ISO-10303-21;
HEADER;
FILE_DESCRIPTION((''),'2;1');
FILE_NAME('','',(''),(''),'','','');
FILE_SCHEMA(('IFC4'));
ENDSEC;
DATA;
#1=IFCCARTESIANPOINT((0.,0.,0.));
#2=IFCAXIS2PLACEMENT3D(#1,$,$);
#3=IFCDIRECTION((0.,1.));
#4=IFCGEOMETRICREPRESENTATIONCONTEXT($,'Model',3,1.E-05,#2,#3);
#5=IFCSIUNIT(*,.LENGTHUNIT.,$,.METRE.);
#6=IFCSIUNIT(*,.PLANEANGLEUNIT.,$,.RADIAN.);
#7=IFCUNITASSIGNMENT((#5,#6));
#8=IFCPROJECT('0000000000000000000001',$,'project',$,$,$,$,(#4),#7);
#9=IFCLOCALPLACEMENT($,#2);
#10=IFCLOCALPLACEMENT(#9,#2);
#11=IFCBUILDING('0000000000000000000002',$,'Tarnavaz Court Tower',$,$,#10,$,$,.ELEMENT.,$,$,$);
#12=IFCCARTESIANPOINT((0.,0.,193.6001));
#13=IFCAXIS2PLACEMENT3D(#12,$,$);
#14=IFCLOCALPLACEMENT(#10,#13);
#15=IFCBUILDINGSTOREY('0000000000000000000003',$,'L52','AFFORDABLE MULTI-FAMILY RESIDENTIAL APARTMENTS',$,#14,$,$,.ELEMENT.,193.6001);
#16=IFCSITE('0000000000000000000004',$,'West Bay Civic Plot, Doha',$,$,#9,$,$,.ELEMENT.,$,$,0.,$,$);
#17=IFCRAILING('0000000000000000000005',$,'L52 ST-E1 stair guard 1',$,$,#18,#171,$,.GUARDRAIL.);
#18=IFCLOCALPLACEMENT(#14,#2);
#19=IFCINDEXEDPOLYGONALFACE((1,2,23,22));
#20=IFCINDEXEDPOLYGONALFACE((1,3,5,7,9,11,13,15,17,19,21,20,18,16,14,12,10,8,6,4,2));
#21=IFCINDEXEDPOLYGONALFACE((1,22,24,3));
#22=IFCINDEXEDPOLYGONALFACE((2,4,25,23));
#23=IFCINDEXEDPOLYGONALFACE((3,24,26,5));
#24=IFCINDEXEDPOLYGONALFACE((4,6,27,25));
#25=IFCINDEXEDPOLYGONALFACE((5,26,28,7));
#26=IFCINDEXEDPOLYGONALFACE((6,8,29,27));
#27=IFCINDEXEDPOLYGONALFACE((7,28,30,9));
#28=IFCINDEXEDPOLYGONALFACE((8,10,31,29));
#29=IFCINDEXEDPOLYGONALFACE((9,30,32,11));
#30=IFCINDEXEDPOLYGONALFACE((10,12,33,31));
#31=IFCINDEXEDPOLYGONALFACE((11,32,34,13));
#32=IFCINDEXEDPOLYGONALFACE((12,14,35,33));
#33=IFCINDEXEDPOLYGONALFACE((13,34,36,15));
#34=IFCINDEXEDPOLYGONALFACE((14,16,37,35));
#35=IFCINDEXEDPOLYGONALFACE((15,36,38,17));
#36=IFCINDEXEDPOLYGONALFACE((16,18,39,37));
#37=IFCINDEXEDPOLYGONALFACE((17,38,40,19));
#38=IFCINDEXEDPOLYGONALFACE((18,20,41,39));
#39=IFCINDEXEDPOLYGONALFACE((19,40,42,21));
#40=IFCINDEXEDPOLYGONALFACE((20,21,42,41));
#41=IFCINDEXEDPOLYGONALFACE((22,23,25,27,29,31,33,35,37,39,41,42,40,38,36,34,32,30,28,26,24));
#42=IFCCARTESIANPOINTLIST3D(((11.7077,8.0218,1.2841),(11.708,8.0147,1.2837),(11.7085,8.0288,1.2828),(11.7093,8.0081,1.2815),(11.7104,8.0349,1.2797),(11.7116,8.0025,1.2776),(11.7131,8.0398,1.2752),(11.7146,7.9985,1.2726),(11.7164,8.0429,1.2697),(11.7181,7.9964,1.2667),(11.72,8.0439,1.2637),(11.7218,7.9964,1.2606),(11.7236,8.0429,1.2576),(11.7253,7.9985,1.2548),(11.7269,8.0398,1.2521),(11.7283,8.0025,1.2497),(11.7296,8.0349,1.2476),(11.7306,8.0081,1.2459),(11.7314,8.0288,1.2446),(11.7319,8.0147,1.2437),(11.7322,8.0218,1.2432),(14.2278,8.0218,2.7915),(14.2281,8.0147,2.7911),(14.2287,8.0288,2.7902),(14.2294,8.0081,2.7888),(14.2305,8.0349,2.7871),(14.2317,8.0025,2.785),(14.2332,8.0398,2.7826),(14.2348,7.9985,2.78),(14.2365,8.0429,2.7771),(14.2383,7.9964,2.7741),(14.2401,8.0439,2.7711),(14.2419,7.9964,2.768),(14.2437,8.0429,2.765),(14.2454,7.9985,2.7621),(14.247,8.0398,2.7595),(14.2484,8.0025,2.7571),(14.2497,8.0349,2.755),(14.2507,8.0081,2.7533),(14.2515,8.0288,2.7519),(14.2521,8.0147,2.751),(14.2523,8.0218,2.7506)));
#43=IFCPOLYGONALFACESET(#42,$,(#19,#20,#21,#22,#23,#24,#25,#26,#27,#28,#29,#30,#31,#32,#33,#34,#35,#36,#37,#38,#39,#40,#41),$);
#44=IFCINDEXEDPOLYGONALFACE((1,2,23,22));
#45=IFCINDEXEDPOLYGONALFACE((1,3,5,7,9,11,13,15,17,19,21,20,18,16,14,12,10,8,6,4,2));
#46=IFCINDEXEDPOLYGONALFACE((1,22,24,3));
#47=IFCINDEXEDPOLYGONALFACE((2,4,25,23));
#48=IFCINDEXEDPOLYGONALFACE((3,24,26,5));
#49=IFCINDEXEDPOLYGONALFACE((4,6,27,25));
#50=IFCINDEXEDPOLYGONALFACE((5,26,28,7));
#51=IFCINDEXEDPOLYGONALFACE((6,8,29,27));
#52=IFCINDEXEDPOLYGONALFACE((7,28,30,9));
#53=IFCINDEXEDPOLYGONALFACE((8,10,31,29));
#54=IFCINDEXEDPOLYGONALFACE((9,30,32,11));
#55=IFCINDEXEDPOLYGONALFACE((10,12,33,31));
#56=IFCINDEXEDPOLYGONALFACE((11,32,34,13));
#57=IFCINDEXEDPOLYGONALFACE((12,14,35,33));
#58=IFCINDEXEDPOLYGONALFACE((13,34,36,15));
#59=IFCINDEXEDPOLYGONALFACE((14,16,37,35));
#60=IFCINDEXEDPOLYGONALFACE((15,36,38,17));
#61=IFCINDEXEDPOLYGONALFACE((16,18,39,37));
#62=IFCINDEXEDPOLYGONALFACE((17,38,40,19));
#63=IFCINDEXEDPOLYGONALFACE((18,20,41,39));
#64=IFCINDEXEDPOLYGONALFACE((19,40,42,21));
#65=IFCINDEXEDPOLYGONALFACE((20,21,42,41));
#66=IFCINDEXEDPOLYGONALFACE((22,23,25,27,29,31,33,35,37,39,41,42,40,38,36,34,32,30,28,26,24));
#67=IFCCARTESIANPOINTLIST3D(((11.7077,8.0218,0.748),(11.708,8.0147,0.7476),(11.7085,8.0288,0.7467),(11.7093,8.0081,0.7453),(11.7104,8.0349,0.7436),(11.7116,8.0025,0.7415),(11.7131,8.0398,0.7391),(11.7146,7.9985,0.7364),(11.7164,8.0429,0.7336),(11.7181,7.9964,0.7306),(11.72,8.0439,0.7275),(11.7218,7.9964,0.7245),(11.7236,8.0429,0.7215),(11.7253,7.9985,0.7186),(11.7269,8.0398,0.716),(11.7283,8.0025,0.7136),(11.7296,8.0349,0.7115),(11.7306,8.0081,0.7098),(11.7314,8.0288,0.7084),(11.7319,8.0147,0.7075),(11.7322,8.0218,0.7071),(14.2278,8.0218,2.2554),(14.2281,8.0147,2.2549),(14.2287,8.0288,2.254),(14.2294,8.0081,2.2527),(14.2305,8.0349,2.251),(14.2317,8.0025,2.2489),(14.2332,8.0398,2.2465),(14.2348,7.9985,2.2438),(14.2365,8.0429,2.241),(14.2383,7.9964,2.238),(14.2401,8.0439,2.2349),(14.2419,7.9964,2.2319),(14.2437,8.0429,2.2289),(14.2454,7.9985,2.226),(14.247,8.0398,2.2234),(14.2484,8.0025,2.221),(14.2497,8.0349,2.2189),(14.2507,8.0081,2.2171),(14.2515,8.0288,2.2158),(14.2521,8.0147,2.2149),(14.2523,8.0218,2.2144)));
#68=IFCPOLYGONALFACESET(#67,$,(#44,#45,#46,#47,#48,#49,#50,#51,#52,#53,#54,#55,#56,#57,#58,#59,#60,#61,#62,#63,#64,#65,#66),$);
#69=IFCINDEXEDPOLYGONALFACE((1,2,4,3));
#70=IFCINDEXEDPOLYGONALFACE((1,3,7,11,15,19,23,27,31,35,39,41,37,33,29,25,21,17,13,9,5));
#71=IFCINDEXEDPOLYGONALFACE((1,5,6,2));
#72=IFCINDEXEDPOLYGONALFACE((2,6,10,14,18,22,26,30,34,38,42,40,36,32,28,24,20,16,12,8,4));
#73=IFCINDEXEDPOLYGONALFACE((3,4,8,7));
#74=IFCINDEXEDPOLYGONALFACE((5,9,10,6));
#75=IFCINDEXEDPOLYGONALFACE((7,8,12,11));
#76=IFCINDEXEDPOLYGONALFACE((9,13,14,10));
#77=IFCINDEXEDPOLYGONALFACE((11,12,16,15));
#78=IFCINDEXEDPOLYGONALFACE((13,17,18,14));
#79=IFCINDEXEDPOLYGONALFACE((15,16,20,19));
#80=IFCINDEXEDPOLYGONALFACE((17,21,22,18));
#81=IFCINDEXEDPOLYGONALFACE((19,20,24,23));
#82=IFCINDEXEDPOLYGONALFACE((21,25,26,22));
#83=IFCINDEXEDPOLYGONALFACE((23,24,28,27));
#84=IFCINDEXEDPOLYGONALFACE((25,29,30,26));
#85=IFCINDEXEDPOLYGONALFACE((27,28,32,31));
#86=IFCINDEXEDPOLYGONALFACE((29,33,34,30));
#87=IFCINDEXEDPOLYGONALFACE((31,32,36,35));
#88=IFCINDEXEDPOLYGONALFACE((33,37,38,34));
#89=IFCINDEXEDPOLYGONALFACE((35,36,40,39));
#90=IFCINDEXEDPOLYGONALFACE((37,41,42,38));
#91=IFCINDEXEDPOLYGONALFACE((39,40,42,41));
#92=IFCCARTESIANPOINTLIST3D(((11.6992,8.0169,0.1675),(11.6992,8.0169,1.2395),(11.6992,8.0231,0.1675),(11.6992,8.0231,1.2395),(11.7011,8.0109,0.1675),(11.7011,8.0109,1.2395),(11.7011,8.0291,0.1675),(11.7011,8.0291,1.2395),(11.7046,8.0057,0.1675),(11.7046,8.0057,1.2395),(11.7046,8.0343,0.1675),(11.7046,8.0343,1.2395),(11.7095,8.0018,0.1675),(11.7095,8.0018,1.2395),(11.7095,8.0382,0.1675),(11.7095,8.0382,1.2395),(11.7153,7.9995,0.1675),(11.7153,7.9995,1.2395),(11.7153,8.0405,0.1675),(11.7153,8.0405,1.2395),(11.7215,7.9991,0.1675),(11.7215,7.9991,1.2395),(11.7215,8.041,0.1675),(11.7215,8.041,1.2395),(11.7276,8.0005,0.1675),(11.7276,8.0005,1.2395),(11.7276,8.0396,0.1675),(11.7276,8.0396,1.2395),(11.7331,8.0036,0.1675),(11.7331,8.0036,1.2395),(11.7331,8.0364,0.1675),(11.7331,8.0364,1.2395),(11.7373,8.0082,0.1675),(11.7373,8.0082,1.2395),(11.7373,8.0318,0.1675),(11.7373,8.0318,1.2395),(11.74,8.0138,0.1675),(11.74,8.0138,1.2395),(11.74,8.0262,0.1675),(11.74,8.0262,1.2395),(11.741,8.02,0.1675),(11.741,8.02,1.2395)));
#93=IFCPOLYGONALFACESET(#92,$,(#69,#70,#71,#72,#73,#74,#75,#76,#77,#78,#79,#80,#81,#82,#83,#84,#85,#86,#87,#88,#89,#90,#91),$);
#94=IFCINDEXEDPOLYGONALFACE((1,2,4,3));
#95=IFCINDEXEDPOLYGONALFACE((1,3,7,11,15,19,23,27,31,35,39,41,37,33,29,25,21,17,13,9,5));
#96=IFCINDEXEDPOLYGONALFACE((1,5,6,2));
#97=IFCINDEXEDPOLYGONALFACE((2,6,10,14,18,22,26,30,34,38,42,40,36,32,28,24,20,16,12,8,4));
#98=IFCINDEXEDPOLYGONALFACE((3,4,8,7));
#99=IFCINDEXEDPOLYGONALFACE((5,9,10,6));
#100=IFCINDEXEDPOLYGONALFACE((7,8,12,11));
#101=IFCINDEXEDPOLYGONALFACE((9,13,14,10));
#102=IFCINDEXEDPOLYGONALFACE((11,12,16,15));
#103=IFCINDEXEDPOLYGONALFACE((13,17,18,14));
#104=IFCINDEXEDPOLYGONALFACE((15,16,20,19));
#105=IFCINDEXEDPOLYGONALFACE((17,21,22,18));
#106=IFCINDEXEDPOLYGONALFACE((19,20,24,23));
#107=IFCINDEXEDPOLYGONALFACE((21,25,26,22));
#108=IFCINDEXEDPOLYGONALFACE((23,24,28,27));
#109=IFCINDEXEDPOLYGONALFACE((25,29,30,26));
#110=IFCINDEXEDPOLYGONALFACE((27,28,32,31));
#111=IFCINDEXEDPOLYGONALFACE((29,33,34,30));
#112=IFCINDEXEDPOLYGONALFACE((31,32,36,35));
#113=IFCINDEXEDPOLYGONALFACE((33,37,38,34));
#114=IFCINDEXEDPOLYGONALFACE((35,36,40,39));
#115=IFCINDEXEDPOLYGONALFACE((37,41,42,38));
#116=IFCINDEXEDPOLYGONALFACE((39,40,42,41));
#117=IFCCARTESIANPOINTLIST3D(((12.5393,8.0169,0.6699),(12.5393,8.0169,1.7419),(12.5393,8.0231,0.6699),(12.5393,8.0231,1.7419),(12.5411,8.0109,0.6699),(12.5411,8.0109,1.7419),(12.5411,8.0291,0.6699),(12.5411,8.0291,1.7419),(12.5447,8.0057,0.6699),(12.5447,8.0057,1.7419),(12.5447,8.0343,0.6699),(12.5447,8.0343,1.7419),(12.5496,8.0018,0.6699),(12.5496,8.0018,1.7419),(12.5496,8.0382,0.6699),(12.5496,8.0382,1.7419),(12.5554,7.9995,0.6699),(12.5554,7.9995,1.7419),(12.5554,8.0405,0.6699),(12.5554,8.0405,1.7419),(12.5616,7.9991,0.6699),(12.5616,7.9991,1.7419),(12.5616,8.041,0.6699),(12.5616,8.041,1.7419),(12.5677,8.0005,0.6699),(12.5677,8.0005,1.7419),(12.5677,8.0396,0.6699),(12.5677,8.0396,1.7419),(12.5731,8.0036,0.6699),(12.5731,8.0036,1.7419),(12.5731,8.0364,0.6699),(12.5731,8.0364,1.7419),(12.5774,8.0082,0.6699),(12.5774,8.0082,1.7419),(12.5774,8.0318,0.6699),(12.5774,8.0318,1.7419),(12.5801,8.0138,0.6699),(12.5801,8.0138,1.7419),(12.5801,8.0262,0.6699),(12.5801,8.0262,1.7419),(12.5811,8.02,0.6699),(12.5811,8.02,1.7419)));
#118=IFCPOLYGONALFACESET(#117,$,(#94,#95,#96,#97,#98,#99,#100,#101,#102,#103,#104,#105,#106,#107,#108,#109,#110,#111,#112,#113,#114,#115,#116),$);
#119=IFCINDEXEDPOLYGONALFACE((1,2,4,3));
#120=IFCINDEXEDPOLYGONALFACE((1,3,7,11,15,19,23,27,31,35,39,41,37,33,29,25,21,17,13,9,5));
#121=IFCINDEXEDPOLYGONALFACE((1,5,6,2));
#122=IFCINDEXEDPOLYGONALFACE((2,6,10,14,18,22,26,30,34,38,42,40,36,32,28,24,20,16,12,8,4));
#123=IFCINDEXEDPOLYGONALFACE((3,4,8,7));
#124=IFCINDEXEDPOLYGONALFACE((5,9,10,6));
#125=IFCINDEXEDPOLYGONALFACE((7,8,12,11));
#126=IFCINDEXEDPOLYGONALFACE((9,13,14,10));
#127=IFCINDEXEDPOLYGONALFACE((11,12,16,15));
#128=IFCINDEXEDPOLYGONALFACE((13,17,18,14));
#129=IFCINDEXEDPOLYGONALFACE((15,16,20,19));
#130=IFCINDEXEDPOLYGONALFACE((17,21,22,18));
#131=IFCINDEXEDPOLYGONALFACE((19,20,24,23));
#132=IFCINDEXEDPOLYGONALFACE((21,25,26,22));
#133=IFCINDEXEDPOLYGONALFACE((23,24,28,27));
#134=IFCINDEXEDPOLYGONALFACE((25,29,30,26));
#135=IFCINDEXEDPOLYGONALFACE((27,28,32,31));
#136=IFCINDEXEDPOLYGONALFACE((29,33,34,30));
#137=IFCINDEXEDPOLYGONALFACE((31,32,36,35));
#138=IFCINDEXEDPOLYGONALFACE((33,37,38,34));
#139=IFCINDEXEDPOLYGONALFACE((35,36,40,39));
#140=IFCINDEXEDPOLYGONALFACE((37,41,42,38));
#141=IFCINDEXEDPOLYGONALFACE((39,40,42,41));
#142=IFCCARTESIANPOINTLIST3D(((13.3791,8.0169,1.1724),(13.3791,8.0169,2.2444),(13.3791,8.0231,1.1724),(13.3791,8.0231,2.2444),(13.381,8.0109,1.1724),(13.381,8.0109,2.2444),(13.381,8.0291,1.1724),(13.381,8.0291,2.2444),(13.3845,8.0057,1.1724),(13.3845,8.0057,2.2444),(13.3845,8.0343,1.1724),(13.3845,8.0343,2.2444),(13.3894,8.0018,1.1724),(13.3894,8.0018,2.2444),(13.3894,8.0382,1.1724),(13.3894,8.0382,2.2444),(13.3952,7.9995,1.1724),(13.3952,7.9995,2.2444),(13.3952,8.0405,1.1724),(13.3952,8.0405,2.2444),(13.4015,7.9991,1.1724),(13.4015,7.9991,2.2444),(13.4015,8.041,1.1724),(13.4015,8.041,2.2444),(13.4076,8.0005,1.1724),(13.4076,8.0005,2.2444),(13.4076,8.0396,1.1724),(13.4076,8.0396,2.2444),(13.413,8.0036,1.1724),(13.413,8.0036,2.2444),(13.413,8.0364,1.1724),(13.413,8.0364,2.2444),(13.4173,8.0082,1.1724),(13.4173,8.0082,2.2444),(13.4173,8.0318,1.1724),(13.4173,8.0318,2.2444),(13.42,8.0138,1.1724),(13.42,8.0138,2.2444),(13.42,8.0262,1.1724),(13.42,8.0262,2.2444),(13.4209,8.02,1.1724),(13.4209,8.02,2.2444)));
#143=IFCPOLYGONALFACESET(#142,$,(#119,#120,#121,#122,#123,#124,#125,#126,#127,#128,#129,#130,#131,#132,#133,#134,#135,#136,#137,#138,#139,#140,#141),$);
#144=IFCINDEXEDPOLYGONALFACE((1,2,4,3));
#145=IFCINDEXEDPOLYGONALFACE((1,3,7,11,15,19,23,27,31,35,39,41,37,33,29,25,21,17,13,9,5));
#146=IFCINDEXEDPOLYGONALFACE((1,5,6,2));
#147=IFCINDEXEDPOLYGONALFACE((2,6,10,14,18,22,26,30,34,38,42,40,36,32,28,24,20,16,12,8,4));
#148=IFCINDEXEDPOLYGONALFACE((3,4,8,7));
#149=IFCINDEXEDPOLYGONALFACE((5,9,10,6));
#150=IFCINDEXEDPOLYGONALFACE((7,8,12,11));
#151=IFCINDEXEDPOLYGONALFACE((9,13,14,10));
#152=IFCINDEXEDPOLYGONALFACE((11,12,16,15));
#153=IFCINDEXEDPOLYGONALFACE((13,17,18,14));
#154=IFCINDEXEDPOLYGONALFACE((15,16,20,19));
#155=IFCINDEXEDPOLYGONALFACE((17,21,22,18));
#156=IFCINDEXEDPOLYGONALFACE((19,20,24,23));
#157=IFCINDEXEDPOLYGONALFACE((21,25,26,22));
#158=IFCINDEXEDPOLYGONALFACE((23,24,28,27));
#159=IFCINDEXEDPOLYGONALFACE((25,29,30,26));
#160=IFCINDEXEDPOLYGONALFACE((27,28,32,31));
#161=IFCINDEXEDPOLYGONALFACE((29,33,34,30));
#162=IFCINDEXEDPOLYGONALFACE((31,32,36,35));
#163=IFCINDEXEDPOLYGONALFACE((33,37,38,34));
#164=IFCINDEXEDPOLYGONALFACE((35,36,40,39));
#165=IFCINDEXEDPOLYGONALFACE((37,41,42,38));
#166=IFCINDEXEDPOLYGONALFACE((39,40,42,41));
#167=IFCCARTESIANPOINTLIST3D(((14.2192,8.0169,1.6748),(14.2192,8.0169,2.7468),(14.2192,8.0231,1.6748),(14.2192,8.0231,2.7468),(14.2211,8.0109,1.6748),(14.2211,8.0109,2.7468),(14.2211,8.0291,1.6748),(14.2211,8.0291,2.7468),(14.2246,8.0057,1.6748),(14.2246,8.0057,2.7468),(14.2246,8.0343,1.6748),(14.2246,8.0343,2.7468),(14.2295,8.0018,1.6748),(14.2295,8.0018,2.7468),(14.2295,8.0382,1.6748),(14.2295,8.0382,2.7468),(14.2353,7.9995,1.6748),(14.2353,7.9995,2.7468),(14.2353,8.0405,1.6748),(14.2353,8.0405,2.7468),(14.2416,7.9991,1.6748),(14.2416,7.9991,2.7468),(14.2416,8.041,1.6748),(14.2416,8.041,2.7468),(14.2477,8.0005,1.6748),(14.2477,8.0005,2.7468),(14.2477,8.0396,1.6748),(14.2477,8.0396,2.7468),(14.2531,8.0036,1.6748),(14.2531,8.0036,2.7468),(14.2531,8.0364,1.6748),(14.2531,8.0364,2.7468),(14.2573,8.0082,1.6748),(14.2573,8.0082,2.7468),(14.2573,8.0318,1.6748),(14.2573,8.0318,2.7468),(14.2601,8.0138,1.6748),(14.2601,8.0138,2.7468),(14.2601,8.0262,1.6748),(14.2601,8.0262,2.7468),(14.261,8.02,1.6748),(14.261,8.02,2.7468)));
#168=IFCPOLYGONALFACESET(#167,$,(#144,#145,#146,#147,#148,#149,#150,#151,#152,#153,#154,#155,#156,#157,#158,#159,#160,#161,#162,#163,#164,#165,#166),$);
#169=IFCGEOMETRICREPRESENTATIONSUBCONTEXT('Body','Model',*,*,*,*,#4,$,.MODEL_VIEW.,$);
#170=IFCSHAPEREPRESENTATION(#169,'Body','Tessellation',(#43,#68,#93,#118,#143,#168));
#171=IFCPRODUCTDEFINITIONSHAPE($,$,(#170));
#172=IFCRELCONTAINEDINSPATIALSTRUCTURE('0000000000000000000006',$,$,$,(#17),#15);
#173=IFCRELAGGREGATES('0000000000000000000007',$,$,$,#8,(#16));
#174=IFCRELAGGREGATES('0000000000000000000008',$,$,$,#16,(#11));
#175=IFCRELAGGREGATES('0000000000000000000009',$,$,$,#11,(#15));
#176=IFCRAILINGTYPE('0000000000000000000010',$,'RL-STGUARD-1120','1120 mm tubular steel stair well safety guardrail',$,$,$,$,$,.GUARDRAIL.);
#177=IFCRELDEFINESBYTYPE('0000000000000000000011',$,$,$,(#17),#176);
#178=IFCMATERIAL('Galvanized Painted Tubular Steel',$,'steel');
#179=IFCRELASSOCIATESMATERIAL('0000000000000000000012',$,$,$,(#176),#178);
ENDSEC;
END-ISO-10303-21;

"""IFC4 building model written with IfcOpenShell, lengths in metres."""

from ifc_helpers import new_model, si_unit, direction, frame, origin, origin_2d, place, context, subcontext, project, spatial, circle, extrude, material, type_object, element, save


model = new_model("IFC4")

# Units and contexts
model_context = context("Model", 3, precision=1e-05, world=origin(), true_north=direction((0.0, 1.0)))
body_context = subcontext(model_context, "Body", "Model", "MODEL_VIEW")
ifc_project = project(units=[si_unit("LENGTHUNIT", "METRE"), si_unit("PLANEANGLEUNIT", "RADIAN")], contexts=[model_context])

# Site, building, storey
site_placement = place(None, origin())
site = spatial("IfcSite", under=ifc_project, at=site_placement, Name="West Bay Civic Plot, Doha", CompositionType="ELEMENT", RefElevation=0.0)
building_placement = place(site_placement, origin())
building = spatial("IfcBuilding", under=site, at=building_placement, Name="Tarnavaz Court Tower", CompositionType="ELEMENT")
storey_placement = place(building_placement, frame((0.0, 0.0, 193.6001)))
storey = spatial("IfcBuildingStorey", under=building, at=storey_placement, Name="L52", Description="AFFORDABLE MULTI-FAMILY RESIDENTIAL APARTMENTS", CompositionType="ELEMENT", Elevation=193.6001)

# Railing
ifc_material_1 = material(Name="Galvanized Painted Tubular Steel", Category="steel")
railing_type_1 = type_object("IfcRailingType", Name="RL-STGUARD-1120", Description="1120 mm tubular steel stair well safety guardrail", PredefinedType="GUARDRAIL", material=ifc_material_1)
railing_1_placement = place(storey_placement, frame((11.72, 8.02, 0.1675)))
element("IfcRailing", 1, at=railing_1_placement, inside=storey, type_object=railing_type_1, Name="L52 ST-E1 stair guard 1", PredefinedType="GUARDRAIL", context=body_context, shape_type="SweptSolid", body=[
    extrude(circle(Radius=0.0239, at=origin_2d()), frame((0.0, 0.0, 1.0962), z_axis=(0.858196, 0.0, 0.513321), x_axis=(0.0, 1.0, 0.0)), (0.0, 0.0, 1.0), 2.9365),
    extrude(circle(Radius=0.0239, at=origin_2d()), frame((0.0, 0.0, 0.5601), z_axis=(0.858196, 0.0, 0.513321), x_axis=(0.0, 1.0, 0.0)), (0.0, 0.0, 1.0), 2.9365),
    extrude(circle(Radius=0.021, at=origin_2d()), origin(), (0.0, 0.0, 1.0), 1.072),
    extrude(circle(Radius=0.021, at=origin_2d()), frame((0.8401, 0.0, 0.5024)), (0.0, 0.0, 1.0), 1.072),
    extrude(circle(Radius=0.021, at=origin_2d()), frame((1.6799, 0.0, 1.0049)), (0.0, 0.0, 1.0), 1.072),
    extrude(circle(Radius=0.021, at=origin_2d()), frame((2.52, 0.0, 1.5073)), (0.0, 0.0, 1.0), 1.072),
])

save(model, "model.ifc")
